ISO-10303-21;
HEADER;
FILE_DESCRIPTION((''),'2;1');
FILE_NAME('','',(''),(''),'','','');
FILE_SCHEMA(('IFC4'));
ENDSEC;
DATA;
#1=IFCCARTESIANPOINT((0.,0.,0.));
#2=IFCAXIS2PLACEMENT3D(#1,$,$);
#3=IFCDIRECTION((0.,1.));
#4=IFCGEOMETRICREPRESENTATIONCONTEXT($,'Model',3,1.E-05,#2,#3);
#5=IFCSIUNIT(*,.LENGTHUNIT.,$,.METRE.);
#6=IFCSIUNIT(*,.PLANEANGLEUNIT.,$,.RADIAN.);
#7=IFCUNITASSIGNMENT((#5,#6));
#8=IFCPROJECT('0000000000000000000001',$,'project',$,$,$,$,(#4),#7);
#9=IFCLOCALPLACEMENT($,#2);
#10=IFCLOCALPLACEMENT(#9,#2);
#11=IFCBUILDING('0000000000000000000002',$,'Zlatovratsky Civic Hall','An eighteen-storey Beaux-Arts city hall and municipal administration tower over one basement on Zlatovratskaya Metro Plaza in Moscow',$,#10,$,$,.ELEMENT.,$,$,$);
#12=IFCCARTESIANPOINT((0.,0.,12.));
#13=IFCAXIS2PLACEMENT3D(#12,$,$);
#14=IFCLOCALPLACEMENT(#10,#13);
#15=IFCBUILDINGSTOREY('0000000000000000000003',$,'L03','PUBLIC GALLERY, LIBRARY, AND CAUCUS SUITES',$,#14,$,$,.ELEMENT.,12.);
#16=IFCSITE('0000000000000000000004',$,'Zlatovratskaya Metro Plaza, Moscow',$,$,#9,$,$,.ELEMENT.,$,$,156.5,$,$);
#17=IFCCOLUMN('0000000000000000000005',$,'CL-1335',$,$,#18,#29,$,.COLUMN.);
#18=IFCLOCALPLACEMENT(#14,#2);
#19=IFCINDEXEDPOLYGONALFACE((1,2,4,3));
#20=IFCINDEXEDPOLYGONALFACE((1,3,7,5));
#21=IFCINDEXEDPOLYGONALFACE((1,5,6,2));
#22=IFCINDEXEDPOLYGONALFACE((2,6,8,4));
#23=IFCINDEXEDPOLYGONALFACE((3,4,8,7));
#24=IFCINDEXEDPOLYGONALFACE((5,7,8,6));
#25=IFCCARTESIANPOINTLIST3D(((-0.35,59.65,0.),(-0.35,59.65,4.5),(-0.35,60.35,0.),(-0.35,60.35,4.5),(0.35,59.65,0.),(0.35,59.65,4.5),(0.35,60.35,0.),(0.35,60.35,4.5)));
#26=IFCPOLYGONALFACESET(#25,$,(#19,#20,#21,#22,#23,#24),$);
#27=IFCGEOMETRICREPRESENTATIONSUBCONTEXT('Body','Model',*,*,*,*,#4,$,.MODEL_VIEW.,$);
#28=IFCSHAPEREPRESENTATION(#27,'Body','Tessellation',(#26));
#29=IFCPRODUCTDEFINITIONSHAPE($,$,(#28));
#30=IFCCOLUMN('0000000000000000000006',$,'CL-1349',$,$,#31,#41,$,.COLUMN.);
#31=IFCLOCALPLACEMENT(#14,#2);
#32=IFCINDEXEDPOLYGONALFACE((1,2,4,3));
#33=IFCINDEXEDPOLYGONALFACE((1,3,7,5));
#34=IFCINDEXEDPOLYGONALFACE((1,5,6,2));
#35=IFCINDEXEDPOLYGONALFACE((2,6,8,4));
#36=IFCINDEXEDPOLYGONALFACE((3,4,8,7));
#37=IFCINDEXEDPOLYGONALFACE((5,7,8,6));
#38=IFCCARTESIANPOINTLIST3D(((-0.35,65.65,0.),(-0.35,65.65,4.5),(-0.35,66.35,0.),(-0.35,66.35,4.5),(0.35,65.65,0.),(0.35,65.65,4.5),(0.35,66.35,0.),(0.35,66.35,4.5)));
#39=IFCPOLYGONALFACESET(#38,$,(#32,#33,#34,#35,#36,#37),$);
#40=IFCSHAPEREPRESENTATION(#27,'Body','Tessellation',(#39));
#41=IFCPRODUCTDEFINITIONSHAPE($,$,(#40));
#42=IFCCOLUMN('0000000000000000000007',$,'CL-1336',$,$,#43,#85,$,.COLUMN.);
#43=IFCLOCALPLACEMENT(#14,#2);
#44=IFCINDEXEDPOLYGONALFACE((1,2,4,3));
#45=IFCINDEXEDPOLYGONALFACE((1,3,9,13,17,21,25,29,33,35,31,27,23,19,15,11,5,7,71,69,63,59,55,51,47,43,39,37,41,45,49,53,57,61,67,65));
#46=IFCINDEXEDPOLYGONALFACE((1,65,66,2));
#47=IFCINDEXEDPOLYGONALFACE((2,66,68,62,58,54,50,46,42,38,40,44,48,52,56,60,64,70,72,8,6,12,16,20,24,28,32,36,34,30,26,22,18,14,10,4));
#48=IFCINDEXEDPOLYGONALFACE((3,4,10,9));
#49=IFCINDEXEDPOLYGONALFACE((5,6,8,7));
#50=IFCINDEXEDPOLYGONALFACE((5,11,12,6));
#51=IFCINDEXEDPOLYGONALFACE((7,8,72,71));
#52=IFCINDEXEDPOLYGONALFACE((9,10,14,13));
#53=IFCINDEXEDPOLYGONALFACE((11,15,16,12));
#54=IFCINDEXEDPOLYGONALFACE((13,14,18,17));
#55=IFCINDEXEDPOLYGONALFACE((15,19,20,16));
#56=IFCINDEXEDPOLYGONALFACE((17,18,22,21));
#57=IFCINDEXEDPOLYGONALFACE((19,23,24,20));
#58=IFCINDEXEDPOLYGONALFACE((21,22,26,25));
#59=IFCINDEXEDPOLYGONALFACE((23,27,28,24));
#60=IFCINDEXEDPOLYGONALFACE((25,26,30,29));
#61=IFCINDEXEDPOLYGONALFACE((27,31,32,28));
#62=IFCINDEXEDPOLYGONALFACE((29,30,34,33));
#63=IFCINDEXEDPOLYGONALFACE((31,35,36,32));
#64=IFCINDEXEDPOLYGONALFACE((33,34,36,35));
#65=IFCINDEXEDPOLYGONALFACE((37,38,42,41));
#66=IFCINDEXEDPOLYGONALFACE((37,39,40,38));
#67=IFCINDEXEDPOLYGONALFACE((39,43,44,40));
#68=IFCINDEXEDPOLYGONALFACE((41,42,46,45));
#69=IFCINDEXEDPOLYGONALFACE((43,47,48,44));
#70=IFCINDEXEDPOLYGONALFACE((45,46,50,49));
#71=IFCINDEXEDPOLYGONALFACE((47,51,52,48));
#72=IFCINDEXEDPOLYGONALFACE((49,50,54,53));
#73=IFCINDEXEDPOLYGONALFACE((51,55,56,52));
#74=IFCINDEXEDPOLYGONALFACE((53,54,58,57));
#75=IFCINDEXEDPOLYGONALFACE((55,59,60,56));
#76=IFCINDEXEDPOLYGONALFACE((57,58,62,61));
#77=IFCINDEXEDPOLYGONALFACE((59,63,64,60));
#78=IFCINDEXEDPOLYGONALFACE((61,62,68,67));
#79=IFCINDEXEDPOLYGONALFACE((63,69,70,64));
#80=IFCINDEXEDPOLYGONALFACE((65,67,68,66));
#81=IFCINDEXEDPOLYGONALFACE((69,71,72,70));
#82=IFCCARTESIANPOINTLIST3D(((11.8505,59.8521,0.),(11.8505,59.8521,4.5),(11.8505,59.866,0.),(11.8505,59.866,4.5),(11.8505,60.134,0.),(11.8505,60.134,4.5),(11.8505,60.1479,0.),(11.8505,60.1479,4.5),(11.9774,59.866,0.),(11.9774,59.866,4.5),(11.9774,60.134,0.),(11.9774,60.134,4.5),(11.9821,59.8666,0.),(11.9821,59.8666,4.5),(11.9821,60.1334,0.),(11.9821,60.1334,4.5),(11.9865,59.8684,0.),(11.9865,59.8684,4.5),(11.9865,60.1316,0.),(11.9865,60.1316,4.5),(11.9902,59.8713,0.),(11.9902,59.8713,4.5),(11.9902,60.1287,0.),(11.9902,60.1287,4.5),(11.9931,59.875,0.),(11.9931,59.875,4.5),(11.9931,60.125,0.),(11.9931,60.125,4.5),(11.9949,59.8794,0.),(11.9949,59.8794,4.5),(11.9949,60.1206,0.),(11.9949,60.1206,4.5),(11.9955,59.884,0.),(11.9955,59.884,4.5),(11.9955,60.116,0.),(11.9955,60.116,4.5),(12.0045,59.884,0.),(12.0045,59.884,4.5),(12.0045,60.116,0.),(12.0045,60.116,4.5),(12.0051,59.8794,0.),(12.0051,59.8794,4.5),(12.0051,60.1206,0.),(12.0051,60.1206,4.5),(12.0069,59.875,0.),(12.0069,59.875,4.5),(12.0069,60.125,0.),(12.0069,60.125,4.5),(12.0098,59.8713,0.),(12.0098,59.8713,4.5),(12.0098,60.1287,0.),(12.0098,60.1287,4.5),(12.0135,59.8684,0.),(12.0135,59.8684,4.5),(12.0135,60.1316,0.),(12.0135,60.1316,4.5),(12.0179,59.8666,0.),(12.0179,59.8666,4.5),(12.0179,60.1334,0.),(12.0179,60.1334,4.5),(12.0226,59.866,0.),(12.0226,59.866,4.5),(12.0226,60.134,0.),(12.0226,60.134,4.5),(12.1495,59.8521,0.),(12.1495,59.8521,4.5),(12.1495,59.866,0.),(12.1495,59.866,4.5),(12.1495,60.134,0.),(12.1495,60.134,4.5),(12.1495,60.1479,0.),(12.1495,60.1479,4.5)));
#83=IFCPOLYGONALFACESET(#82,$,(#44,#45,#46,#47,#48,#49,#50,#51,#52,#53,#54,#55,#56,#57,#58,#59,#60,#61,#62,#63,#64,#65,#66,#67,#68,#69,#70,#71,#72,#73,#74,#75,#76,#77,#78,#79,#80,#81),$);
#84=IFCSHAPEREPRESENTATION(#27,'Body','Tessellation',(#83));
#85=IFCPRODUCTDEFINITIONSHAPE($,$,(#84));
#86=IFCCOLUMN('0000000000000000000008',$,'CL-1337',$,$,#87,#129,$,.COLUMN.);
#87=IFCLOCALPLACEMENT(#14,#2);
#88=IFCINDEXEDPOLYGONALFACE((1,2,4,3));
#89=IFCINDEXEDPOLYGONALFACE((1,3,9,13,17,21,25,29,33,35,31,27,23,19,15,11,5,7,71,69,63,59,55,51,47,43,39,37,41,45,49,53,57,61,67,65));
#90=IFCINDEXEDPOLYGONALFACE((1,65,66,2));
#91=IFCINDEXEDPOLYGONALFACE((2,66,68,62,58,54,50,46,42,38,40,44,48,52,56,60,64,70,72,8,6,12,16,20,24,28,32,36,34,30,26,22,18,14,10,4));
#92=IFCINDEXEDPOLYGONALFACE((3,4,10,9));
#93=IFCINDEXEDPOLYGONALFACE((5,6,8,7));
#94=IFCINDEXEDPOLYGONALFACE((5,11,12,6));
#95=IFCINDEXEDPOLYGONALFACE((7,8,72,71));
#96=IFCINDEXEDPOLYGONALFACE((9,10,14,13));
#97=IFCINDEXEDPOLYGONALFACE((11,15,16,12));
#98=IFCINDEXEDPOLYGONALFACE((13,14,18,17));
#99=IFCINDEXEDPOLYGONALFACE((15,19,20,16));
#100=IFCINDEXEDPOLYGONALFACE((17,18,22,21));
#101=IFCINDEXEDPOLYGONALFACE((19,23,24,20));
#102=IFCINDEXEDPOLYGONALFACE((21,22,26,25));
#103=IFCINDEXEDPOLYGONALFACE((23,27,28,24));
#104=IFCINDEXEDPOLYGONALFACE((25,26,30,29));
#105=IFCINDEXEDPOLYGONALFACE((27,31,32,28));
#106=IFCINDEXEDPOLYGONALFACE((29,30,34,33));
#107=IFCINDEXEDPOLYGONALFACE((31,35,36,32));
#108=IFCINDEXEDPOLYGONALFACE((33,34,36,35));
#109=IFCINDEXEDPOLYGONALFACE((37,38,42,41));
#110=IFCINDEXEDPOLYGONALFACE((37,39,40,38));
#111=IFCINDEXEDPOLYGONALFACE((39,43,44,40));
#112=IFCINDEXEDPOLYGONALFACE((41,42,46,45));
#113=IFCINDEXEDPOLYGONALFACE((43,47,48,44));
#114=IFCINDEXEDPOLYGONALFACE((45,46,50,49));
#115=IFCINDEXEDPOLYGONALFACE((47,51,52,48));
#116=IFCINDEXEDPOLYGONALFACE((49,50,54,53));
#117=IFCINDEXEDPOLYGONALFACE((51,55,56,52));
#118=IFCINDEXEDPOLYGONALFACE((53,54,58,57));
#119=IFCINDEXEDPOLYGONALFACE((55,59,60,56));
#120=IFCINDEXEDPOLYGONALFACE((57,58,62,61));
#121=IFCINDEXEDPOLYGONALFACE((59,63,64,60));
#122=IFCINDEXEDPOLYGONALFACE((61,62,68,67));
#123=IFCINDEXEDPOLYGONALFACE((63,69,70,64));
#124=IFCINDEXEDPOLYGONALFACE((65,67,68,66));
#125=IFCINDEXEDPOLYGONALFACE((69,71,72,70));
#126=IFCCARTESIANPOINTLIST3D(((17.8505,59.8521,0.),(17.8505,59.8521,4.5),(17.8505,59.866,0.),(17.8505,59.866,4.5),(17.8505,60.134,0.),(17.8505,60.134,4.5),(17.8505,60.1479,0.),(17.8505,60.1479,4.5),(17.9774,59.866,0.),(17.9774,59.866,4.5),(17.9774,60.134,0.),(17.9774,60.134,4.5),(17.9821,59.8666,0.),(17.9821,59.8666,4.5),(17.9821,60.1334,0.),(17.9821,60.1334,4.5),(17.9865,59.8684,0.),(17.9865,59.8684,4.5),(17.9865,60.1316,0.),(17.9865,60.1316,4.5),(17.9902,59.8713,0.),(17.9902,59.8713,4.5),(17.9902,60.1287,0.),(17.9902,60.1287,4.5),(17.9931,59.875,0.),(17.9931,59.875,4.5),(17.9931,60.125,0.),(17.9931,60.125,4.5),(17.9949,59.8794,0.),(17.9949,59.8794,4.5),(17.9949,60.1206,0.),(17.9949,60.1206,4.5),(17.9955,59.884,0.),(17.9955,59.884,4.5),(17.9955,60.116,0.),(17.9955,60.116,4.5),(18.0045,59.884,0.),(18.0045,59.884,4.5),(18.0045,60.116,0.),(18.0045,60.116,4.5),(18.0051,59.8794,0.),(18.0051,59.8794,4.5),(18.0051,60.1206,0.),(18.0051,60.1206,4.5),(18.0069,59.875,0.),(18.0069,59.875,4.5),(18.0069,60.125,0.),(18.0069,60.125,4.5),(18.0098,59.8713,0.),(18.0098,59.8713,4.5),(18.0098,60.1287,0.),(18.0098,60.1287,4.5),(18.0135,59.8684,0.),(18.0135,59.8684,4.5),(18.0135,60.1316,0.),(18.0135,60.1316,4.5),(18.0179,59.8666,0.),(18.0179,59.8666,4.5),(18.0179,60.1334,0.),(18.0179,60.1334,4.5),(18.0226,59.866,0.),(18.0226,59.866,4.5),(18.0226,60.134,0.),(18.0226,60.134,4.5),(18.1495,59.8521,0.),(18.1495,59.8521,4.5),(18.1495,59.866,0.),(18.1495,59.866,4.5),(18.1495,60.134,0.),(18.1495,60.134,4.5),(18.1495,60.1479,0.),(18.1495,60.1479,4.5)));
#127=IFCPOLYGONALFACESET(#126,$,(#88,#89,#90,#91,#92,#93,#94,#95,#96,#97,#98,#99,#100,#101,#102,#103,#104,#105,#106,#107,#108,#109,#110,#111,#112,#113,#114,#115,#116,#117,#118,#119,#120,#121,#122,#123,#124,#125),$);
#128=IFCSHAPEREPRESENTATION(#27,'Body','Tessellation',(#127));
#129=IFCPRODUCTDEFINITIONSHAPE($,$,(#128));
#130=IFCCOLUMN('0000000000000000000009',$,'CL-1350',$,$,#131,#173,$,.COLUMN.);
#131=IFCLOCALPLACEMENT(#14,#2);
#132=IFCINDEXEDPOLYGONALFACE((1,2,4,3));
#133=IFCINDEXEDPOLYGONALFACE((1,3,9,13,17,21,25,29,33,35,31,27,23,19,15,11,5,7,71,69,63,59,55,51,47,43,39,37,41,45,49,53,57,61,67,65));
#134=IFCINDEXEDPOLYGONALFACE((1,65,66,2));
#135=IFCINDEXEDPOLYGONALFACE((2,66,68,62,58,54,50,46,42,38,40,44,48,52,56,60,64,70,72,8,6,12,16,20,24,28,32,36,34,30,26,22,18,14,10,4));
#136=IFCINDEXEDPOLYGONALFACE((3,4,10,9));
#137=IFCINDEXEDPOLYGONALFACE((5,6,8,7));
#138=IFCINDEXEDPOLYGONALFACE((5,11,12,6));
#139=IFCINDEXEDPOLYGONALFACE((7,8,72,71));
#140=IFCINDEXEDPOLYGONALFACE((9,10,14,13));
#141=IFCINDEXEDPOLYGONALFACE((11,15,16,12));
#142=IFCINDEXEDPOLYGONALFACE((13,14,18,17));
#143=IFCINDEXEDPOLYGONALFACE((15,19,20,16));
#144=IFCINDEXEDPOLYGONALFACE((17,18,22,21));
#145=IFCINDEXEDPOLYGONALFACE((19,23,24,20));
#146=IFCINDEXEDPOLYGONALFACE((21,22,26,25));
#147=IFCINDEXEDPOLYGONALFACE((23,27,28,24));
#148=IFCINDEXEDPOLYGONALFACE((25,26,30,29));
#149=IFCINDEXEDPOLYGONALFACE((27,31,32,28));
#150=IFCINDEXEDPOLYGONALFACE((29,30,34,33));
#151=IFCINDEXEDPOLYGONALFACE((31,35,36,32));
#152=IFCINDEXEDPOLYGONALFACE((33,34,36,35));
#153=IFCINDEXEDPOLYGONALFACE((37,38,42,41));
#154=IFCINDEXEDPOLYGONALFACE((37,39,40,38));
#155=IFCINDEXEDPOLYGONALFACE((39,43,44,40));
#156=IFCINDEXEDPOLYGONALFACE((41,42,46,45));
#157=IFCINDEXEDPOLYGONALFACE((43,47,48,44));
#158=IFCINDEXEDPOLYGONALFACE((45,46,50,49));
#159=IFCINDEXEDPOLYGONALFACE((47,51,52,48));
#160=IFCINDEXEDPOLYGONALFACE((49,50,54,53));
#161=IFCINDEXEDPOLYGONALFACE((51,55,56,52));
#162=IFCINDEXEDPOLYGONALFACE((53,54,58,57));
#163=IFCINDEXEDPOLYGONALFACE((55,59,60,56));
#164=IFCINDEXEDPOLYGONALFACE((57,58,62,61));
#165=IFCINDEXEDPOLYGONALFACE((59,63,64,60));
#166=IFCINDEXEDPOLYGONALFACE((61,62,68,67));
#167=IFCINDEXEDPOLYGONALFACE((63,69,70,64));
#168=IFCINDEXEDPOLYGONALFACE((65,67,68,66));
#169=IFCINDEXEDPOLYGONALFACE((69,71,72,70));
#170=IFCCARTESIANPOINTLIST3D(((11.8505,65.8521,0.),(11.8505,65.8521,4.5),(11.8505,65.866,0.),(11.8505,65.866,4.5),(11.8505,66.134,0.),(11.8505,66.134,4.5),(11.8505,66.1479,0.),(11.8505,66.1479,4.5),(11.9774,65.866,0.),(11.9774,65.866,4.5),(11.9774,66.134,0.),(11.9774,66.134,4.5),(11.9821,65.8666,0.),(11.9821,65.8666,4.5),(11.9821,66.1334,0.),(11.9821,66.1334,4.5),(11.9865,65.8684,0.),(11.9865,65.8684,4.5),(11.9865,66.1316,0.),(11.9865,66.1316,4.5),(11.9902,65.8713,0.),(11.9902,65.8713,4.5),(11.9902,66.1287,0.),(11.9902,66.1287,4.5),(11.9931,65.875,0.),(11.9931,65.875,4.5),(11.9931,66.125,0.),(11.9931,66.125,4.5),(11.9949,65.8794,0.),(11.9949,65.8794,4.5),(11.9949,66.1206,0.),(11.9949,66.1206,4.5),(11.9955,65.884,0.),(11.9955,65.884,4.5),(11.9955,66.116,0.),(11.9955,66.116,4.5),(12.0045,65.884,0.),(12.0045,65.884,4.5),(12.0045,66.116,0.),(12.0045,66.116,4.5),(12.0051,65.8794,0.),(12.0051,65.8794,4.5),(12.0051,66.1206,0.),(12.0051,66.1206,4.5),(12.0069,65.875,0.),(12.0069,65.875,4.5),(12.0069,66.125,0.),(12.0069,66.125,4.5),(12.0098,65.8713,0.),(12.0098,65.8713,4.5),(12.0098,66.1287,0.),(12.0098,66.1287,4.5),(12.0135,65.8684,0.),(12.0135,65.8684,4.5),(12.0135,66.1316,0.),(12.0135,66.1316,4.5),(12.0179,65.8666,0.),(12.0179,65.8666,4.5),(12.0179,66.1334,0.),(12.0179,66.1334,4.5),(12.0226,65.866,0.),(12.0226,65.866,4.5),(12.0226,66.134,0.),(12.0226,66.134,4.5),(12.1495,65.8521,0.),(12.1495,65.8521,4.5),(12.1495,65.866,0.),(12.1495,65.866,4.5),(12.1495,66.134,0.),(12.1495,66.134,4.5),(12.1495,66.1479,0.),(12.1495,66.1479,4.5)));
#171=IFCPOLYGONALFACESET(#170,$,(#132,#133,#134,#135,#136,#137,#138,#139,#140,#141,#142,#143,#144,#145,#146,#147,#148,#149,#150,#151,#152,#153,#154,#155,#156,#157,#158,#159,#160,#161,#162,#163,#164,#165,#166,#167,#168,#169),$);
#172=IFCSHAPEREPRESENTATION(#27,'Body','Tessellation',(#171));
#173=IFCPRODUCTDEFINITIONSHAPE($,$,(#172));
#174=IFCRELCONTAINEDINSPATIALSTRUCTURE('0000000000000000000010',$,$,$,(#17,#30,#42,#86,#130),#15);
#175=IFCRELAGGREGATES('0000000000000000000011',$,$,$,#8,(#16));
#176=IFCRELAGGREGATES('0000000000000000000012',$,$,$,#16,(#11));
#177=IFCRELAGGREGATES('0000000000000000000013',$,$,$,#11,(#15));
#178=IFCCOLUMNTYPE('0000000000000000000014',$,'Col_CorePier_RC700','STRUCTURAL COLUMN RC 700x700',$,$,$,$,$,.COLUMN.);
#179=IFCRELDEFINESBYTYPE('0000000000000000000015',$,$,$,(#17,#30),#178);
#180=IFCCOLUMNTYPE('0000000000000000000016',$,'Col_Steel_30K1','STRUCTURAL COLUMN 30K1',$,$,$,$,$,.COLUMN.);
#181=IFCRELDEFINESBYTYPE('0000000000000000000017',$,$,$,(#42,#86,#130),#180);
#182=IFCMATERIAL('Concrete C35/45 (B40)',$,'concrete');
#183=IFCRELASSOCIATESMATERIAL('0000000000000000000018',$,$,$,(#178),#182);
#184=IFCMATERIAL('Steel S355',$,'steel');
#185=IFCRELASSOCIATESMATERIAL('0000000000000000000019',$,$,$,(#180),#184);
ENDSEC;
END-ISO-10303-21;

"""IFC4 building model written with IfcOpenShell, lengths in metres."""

from ifc_helpers import new_model, si_unit, direction, frame, origin, origin_2d, place, context, subcontext, project, spatial, rectangle, i_section, extrude, material, material_profile, profile_set, type_object, element, save


model = new_model("IFC4")

# Units and contexts
model_context = context("Model", 3, precision=1e-05, world=origin(), true_north=direction((0.0, 1.0)))
body_context = subcontext(model_context, "Body", "Model", "MODEL_VIEW")
ifc_project = project(units=[si_unit("LENGTHUNIT", "METRE"), si_unit("PLANEANGLEUNIT", "RADIAN")], contexts=[model_context])

# Site, building, storey
site_placement = place(None, origin())
site = spatial("IfcSite", under=ifc_project, at=site_placement, Name="Zlatovratskaya Metro Plaza, Moscow", CompositionType="ELEMENT", RefElevation=156.5)
building_placement = place(site_placement, origin())
building = spatial("IfcBuilding", under=site, at=building_placement, Name="Zlatovratsky Civic Hall", Description="An eighteen-storey Beaux-Arts city hall and municipal administration tower over one basement on Zlatovratskaya Metro Plaza in Moscow", CompositionType="ELEMENT")
storey_placement = place(building_placement, frame((0.0, 0.0, 12.0)))
storey = spatial("IfcBuildingStorey", under=building, at=storey_placement, Name="L03", Description="PUBLIC GALLERY, LIBRARY, AND CAUCUS SUITES", CompositionType="ELEMENT", Elevation=12.0)

# Columns
ifc_material_1 = material(Name="Concrete C35/45 (B40)", Category="concrete")
ifc_material_profile_1 = material_profile(ifc_material_1, rectangle(XDim=0.7, YDim=0.7, at=origin_2d()), Name="RC 700x700")
ifc_profile_set_1 = profile_set([ifc_material_profile_1], Name="Concrete C35/45 (B40)")
column_type_1 = type_object("IfcColumnType", Name="Col_CorePier_RC700", Description="STRUCTURAL COLUMN RC 700x700", PredefinedType="COLUMN", material=ifc_profile_set_1)
for number, where, z_axis, x_axis, name in (
    (1, (0.0, 60.0, 0.0), (0.0, 0.0, 1.0), (1.0, 0.0, 0.0), "CL-1335"),
    (2, (0.0, 66.0, 0.0), (0.0, 0.0, 1.0), (1.0, 0.0, 0.0), "CL-1349"),
):
    element("IfcColumn", number, at=place(storey_placement, frame(where, z_axis=z_axis, x_axis=x_axis)), inside=storey, type_object=column_type_1, Name=name, PredefinedType="COLUMN", context=body_context, shape_type="SweptSolid", body=[
        extrude(rectangle(XDim=0.7, YDim=0.7, at=origin_2d()), origin(), (0.0, 0.0, 1.0), 4.5),
    ])
ifc_material_2 = material(Name="Steel S355", Category="steel")
ifc_material_profile_2 = material_profile(ifc_material_2, i_section(OverallWidth=0.2991, OverallDepth=0.2959, WebThickness=0.009, FlangeThickness=0.0139, FilletRadius=0.0181, at=origin_2d()), Name="30K1")
ifc_profile_set_2 = profile_set([ifc_material_profile_2], Name="Steel S355")
column_type_2 = type_object("IfcColumnType", Name="Col_Steel_30K1", Description="STRUCTURAL COLUMN 30K1", PredefinedType="COLUMN", material=ifc_profile_set_2)
for number, where, z_axis, x_axis, name in (
    (3, (12.0, 60.0, 0.0), (0.0, 0.0, 1.0), (1.0, 0.0, 0.0), "CL-1336"),
    (4, (18.0, 60.0, 0.0), (0.0, 0.0, 1.0), (1.0, 0.0, 0.0), "CL-1337"),
    (5, (12.0, 66.0, 0.0), (0.0, 0.0, 1.0), (1.0, 0.0, 0.0), "CL-1350"),
):
    element("IfcColumn", number, at=place(storey_placement, frame(where, z_axis=z_axis, x_axis=x_axis)), inside=storey, type_object=column_type_2, Name=name, PredefinedType="COLUMN", context=body_context, shape_type="SweptSolid", body=[
        extrude(i_section(OverallWidth=0.2991, OverallDepth=0.2959, WebThickness=0.009, FlangeThickness=0.0139, FilletRadius=0.0181, at=origin_2d()), origin(), (0.0, 0.0, 1.0), 4.5),
    ])

save(model, "model.ifc")
